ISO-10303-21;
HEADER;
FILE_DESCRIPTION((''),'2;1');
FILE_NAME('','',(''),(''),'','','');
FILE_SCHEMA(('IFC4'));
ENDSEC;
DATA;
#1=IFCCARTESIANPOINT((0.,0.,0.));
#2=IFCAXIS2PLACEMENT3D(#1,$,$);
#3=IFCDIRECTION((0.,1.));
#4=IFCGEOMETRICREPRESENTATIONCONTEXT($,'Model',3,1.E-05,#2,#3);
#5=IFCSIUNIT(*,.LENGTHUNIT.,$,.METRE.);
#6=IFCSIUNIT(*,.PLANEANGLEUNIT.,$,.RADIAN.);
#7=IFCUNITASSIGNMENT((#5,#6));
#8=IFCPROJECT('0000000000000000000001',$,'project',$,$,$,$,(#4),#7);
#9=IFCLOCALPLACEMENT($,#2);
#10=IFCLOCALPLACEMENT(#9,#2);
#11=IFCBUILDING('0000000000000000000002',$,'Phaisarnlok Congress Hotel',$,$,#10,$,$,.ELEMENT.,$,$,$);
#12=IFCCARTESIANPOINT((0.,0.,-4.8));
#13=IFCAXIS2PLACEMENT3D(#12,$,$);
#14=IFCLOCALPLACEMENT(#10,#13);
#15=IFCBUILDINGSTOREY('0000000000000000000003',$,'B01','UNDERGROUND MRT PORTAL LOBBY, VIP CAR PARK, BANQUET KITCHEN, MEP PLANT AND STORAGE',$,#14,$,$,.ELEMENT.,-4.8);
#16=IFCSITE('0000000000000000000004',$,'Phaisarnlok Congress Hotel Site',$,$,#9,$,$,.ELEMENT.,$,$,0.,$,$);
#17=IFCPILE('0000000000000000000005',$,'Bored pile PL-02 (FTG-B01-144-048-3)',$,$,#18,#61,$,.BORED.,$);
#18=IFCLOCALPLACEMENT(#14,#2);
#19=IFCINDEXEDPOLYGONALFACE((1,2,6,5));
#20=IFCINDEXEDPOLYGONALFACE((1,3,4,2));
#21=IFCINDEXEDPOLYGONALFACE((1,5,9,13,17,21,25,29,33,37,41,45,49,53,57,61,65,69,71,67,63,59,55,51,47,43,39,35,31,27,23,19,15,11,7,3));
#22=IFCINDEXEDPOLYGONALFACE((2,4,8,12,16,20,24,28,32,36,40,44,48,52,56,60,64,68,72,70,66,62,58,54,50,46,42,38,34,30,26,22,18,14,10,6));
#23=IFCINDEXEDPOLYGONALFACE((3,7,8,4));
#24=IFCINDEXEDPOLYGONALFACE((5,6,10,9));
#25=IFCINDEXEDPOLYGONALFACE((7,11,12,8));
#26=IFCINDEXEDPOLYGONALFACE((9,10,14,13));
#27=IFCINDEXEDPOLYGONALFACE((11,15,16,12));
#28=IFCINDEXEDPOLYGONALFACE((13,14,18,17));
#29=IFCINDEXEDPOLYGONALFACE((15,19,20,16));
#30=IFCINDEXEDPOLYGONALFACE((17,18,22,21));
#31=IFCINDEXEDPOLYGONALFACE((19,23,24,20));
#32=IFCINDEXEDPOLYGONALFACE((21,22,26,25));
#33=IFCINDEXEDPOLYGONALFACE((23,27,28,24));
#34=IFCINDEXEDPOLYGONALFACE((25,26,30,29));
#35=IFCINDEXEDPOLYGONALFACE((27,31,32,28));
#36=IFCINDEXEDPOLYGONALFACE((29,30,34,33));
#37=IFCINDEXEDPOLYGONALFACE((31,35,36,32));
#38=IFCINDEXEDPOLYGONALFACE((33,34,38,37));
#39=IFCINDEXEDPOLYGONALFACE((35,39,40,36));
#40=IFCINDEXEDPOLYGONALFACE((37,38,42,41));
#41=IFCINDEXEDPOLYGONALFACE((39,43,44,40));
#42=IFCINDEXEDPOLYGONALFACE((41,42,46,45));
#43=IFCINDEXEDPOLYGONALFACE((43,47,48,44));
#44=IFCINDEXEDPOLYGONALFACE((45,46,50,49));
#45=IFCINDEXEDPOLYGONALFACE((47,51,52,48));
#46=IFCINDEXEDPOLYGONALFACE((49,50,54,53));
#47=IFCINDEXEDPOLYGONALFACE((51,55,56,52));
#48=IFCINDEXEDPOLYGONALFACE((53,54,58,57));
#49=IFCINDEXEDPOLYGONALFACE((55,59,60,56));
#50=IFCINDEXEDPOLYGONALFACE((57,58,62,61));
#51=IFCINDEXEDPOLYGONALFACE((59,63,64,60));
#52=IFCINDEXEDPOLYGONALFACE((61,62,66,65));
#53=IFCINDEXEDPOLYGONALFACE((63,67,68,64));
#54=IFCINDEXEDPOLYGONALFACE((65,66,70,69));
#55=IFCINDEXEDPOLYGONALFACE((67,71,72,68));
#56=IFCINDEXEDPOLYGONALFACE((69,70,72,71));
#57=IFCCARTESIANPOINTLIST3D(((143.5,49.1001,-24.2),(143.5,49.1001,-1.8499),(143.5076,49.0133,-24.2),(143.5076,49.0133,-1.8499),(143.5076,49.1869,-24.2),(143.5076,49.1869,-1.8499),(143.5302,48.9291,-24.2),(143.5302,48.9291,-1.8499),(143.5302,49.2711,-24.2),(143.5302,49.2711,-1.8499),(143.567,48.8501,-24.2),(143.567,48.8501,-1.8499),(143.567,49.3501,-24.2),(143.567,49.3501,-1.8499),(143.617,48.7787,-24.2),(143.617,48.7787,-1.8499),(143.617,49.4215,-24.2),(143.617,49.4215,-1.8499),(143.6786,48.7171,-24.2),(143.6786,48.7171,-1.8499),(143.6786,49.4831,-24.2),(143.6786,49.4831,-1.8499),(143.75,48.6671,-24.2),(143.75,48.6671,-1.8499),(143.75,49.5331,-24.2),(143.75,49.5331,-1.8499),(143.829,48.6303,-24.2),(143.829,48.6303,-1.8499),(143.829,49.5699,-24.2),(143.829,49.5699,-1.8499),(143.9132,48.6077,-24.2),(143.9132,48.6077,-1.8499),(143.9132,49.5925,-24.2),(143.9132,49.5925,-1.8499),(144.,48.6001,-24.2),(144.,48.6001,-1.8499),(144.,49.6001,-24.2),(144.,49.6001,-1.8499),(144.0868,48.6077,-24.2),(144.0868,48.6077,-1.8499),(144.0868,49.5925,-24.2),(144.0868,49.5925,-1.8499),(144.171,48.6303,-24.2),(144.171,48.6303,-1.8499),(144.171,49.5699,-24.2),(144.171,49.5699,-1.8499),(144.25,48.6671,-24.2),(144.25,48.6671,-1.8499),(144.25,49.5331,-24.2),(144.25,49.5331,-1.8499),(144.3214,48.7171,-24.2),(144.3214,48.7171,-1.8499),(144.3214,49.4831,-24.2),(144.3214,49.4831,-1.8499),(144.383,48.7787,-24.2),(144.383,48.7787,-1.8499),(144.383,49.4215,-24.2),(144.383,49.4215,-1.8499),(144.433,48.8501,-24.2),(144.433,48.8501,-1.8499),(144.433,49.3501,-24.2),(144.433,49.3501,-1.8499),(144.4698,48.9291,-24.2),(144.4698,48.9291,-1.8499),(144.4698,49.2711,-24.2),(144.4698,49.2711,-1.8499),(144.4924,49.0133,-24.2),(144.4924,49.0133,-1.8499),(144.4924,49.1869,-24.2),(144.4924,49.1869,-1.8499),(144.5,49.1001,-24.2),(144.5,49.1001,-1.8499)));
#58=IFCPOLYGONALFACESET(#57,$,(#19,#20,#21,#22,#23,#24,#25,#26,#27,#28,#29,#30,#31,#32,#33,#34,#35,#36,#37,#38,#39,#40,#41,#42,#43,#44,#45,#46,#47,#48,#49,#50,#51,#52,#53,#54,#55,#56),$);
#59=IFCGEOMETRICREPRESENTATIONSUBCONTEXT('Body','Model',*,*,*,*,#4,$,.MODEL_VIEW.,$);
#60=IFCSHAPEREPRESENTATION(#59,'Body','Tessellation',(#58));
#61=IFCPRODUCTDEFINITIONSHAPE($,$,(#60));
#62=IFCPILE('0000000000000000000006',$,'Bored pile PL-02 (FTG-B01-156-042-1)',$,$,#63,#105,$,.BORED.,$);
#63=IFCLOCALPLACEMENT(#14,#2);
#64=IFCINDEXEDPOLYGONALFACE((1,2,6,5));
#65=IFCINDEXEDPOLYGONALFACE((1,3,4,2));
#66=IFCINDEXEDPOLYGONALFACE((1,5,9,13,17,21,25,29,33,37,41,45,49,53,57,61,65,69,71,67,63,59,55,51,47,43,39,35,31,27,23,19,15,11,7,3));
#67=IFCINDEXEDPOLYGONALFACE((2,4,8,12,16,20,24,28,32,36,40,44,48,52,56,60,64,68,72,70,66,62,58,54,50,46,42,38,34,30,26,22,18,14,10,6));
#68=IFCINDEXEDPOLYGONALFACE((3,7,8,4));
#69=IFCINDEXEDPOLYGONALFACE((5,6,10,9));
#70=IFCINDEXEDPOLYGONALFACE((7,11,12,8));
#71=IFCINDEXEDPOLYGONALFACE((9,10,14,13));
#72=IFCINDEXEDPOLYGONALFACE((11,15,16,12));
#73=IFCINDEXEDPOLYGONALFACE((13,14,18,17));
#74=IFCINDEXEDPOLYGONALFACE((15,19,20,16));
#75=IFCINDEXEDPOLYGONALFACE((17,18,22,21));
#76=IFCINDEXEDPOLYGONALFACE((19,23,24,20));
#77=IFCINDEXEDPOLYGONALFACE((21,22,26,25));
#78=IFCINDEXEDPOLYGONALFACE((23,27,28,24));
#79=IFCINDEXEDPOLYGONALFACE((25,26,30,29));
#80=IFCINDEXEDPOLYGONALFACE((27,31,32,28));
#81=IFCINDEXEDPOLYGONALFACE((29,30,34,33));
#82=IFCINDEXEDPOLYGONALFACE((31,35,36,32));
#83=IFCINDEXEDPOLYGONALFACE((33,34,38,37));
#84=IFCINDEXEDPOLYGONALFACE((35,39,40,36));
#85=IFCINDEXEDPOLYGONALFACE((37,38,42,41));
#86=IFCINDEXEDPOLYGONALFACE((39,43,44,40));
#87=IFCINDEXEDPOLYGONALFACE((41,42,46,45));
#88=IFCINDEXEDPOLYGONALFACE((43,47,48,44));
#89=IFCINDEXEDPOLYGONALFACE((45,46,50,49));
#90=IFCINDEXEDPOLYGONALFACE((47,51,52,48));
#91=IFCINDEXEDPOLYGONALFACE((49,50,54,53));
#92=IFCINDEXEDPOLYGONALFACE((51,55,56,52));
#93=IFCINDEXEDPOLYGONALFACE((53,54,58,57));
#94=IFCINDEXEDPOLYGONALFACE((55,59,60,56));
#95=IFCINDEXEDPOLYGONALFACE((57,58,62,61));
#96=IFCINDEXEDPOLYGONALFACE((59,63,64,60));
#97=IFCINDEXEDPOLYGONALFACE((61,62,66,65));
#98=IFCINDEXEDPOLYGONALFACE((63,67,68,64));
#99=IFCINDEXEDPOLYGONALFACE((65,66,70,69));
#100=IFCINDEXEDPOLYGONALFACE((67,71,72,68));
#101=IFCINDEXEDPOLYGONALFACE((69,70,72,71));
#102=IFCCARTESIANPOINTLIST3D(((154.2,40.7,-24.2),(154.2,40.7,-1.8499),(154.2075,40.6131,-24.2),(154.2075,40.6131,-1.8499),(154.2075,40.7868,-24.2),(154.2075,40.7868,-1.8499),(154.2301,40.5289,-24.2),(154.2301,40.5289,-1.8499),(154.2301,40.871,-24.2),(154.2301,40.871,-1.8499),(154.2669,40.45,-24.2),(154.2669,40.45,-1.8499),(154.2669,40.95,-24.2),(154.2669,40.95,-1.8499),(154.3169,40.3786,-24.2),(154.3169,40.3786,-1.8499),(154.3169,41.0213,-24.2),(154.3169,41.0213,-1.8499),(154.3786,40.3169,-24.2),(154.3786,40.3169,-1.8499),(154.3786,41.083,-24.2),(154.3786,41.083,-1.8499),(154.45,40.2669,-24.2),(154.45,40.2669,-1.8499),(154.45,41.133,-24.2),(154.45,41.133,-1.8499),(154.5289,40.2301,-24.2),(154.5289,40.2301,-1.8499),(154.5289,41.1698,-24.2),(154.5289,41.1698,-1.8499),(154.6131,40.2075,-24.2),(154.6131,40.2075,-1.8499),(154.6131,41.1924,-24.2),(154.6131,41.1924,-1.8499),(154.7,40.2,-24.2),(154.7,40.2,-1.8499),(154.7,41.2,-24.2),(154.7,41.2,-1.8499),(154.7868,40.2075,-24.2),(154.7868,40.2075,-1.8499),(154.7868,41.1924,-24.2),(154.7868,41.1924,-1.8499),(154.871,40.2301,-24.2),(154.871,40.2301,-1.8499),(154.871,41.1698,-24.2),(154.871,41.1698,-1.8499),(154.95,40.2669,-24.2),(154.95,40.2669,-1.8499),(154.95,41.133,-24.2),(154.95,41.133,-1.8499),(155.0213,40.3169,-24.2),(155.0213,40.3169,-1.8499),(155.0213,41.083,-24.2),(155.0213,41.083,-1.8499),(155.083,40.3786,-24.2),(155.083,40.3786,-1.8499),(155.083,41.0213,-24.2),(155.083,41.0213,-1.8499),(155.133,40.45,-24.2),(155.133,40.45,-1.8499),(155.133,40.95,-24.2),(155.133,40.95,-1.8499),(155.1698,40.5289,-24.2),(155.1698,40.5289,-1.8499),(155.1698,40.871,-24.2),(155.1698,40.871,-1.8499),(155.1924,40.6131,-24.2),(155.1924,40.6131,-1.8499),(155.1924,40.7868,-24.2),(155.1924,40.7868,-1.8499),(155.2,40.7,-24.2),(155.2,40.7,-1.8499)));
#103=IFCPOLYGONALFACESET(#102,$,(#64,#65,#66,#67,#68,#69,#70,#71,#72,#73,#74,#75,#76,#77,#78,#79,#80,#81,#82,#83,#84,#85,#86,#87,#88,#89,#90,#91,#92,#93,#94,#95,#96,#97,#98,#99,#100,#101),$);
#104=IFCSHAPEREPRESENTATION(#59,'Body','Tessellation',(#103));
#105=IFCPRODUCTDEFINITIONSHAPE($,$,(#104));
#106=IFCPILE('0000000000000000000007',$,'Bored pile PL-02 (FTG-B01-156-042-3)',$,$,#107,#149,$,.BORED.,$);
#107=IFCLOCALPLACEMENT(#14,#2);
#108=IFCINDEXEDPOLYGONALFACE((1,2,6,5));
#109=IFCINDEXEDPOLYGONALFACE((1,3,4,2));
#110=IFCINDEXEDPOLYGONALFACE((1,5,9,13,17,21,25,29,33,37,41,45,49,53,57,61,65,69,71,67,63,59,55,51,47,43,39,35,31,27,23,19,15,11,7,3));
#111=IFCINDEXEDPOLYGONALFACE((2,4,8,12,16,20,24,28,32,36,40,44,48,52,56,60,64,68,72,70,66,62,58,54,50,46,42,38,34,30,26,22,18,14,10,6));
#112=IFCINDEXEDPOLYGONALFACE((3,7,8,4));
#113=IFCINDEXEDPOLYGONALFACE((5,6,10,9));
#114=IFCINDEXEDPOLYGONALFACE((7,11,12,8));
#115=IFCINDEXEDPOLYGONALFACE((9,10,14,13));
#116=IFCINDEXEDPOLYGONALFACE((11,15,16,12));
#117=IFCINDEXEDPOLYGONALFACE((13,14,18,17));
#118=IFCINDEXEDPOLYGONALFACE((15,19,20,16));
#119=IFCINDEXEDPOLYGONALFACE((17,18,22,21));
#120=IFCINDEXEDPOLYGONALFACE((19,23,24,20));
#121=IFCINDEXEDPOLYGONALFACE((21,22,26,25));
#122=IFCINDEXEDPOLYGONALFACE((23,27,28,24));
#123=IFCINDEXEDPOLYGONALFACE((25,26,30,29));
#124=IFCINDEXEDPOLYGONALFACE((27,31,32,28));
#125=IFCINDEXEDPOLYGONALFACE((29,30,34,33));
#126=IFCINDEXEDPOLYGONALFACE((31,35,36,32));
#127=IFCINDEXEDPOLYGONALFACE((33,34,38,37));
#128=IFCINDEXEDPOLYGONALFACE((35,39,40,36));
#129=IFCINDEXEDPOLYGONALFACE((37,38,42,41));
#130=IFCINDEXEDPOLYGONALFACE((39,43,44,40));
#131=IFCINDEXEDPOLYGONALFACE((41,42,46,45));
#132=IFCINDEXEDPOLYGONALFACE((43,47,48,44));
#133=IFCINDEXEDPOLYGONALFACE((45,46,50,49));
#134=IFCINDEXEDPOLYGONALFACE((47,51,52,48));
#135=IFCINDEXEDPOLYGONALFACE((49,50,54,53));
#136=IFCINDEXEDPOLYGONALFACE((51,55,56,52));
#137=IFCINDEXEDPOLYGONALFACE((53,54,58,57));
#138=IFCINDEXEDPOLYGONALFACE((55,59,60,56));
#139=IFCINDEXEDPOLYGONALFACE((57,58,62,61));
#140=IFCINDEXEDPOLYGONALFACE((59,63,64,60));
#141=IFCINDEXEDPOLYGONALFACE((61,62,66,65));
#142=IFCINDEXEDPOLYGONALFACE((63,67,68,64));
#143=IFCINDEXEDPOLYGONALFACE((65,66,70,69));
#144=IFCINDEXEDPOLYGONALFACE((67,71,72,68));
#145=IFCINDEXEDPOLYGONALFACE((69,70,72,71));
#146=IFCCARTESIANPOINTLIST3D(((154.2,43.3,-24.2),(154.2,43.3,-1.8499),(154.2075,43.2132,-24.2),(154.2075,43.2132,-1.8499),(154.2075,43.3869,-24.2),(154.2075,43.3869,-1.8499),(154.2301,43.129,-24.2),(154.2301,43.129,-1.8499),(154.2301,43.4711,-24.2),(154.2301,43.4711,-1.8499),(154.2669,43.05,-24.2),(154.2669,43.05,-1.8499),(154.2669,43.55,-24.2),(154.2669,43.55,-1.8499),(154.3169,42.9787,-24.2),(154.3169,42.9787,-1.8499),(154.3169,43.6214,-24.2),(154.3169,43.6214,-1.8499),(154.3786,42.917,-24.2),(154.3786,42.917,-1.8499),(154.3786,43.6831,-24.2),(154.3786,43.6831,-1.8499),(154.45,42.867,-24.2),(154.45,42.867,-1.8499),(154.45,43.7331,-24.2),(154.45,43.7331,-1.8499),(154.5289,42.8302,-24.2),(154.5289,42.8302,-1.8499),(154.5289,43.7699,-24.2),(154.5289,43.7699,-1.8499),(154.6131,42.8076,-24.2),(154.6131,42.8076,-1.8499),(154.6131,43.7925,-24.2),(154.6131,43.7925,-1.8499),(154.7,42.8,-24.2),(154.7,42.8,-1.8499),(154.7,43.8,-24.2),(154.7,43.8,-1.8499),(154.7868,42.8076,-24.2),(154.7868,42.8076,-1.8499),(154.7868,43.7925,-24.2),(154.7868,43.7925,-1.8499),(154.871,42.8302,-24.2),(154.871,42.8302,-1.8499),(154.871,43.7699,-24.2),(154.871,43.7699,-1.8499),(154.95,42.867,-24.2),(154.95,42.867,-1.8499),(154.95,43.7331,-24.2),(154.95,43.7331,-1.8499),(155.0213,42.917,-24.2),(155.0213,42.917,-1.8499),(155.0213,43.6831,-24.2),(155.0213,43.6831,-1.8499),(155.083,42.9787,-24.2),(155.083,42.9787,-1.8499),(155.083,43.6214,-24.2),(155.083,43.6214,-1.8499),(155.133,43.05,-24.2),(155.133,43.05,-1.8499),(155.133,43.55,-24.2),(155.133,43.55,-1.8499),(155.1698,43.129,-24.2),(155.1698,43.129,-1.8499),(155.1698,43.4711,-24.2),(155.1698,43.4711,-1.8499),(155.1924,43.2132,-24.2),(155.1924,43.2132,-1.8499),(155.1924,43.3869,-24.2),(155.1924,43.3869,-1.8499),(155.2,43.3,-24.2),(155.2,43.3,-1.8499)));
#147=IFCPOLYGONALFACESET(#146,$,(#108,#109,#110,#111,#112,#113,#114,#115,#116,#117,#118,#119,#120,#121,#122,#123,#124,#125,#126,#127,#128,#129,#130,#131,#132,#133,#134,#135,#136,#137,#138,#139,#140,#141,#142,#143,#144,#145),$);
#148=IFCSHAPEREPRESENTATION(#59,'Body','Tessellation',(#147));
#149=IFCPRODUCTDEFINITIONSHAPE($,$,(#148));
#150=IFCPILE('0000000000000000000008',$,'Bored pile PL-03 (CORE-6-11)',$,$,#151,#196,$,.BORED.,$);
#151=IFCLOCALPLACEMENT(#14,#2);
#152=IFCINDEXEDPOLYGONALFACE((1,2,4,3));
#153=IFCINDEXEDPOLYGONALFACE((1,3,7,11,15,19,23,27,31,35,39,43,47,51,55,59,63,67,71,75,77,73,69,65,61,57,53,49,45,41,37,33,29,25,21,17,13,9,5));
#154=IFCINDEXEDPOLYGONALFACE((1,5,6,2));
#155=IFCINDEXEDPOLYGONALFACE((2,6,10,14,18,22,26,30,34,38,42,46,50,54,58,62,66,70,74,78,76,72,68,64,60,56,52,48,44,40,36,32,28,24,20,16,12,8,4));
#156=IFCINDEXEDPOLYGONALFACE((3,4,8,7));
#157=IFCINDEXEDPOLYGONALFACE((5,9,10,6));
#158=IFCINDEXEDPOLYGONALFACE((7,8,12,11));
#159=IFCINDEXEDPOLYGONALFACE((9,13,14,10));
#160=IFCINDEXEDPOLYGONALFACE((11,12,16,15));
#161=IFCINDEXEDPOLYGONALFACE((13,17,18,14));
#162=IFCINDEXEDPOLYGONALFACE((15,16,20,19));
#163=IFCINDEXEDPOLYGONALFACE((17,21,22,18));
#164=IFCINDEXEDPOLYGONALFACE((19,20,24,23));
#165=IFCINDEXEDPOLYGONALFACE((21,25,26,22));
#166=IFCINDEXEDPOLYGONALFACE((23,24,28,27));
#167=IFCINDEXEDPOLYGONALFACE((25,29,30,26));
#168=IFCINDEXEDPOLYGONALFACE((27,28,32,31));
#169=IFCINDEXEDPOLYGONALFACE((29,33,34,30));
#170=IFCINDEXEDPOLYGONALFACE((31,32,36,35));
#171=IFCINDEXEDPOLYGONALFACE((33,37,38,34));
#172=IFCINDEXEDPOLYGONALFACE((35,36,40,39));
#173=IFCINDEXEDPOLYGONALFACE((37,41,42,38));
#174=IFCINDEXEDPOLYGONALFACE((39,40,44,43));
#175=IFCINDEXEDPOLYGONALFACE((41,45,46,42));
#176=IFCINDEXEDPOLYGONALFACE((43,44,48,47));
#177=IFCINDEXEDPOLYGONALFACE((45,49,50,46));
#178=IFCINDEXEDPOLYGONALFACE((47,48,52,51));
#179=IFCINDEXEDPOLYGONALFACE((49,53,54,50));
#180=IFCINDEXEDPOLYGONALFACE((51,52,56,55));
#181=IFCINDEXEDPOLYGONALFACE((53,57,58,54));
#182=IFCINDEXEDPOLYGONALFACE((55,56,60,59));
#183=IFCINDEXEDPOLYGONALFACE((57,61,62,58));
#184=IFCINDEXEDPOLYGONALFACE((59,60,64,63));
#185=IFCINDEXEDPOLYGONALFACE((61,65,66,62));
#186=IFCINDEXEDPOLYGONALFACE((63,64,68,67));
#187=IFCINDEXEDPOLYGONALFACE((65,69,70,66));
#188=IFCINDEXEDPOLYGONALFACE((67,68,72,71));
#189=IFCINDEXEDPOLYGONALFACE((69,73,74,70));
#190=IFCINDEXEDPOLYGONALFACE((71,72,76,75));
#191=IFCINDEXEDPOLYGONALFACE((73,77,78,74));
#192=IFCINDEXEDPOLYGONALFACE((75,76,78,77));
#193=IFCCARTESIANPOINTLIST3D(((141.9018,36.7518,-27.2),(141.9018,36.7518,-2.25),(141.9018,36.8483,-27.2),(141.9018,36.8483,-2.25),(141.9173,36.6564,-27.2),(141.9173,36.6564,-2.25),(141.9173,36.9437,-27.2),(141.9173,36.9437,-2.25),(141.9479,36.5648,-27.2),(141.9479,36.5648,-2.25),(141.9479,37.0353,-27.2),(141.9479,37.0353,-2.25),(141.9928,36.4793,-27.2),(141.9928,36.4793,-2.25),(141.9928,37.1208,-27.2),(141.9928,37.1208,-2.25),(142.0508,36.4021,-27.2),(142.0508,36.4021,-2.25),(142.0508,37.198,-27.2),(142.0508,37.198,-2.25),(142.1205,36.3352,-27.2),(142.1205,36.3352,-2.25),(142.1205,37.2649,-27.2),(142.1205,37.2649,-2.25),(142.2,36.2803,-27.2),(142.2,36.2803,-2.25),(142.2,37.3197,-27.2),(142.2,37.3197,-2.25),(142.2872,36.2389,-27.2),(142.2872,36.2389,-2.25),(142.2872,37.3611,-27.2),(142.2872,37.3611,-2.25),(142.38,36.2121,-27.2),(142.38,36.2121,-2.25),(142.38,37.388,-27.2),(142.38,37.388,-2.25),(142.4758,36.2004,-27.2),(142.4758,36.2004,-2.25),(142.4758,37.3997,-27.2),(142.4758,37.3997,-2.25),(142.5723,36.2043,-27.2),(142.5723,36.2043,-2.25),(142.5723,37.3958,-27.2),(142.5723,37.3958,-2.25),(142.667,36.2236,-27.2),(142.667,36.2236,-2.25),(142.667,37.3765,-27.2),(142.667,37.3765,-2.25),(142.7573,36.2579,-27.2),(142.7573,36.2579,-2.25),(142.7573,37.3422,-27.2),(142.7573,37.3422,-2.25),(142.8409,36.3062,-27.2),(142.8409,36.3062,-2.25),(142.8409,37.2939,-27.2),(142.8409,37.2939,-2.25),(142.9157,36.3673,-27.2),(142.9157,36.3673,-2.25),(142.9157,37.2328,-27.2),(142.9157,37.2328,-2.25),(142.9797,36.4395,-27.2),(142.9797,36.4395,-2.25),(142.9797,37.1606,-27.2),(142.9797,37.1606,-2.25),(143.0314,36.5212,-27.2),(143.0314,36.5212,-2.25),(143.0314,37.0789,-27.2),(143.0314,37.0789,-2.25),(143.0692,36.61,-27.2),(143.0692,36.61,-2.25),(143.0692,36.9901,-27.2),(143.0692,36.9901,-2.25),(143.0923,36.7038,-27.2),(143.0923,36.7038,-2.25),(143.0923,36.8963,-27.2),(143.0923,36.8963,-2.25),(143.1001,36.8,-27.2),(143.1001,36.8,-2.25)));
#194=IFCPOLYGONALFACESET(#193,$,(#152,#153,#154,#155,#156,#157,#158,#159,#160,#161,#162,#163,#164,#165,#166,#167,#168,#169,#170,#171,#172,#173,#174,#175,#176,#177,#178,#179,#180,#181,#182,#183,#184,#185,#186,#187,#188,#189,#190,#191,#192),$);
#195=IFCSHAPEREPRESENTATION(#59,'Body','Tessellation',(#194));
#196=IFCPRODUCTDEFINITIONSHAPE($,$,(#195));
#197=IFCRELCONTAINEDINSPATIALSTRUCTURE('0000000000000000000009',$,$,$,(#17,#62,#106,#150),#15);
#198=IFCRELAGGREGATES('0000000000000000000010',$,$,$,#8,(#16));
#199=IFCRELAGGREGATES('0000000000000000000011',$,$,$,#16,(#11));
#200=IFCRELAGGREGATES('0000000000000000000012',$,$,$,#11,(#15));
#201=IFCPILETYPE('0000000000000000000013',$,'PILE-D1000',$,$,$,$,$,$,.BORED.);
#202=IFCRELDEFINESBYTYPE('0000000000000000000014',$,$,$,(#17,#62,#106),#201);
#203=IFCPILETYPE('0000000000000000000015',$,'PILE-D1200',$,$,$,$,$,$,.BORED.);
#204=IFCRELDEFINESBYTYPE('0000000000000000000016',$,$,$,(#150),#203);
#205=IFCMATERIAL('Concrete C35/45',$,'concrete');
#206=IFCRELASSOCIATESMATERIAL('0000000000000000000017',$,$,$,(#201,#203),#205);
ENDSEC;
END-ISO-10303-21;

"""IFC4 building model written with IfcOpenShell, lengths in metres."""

from ifc_helpers import new_model, si_unit, direction, frame, origin, origin_2d, place, context, subcontext, project, spatial, circle, extrude, material, material_profile, profile_set, type_object, element, save


model = new_model("IFC4")

# Units and contexts
model_context = context("Model", 3, precision=1e-05, world=origin(), true_north=direction((0.0, 1.0)))
body_context = subcontext(model_context, "Body", "Model", "MODEL_VIEW")
ifc_project = project(units=[si_unit("LENGTHUNIT", "METRE"), si_unit("PLANEANGLEUNIT", "RADIAN")], contexts=[model_context])

# Site, building, storey
site_placement = place(None, origin())
site = spatial("IfcSite", under=ifc_project, at=site_placement, Name="Phaisarnlok Congress Hotel Site", CompositionType="ELEMENT", RefElevation=0.0)
building_placement = place(site_placement, origin())
building = spatial("IfcBuilding", under=site, at=building_placement, Name="Phaisarnlok Congress Hotel", CompositionType="ELEMENT")
storey_placement = place(building_placement, frame((0.0, 0.0, -4.8)))
storey = spatial("IfcBuildingStorey", under=building, at=storey_placement, Name="B01", Description="UNDERGROUND MRT PORTAL LOBBY, VIP CAR PARK, BANQUET KITCHEN, MEP PLANT AND STORAGE", CompositionType="ELEMENT", Elevation=-4.8)

# Piles
ifc_material_1 = material(Name="Concrete C35/45", Category="concrete")
ifc_material_profile_1 = material_profile(ifc_material_1, circle(Radius=0.5, at=origin_2d()), Name="BORED PILE D1000")
ifc_profile_set_1 = profile_set([ifc_material_profile_1], Name="Concrete C35/45")
pile_type_1 = type_object("IfcPileType", Name="PILE-D1000", PredefinedType="BORED", material=ifc_profile_set_1)
for number, where, z_axis, x_axis, name in (
    (1, (144.0, 49.1001, -1.8499), (0.0, 0.0, -1.0), (1.0, 0.0, 0.0), "Bored pile PL-02 (FTG-B01-144-048-3)"),
    (2, (154.7, 40.7, -1.8499), (0.0, 0.0, -1.0), (1.0, 0.0, 0.0), "Bored pile PL-02 (FTG-B01-156-042-1)"),
    (3, (154.7, 43.3, -1.8499), (0.0, 0.0, -1.0), (1.0, 0.0, 0.0), "Bored pile PL-02 (FTG-B01-156-042-3)"),
):
    element("IfcPile", number, at=place(storey_placement, frame(where, z_axis=z_axis, x_axis=x_axis)), inside=storey, type_object=pile_type_1, Name=name, PredefinedType="BORED", context=body_context, shape_type="SweptSolid", body=[
        extrude(circle(Radius=0.5, at=origin_2d()), origin(), (0.0, 0.0, 1.0), 22.3501),
    ])
ifc_material_profile_2 = material_profile(ifc_material_1, circle(Radius=0.6001, at=origin_2d()), Name="BORED PILE D1200")
ifc_profile_set_2 = profile_set([ifc_material_profile_2], Name="Concrete C35/45")
pile_type_2 = type_object("IfcPileType", Name="PILE-D1200", PredefinedType="BORED", material=ifc_profile_set_2)
for number, where, z_axis, x_axis, name in (
    (4, (142.5, 36.8, -2.25), (0.0, 0.0, -1.0), (1.0, 0.0, 0.0), "Bored pile PL-03 (CORE-6-11)"),
):
    element("IfcPile", number, at=place(storey_placement, frame(where, z_axis=z_axis, x_axis=x_axis)), inside=storey, type_object=pile_type_2, Name=name, PredefinedType="BORED", context=body_context, shape_type="SweptSolid", body=[
        extrude(circle(Radius=0.6001, at=origin_2d()), origin(), (0.0, 0.0, 1.0), 24.95),
    ])

save(model, "model.ifc")
